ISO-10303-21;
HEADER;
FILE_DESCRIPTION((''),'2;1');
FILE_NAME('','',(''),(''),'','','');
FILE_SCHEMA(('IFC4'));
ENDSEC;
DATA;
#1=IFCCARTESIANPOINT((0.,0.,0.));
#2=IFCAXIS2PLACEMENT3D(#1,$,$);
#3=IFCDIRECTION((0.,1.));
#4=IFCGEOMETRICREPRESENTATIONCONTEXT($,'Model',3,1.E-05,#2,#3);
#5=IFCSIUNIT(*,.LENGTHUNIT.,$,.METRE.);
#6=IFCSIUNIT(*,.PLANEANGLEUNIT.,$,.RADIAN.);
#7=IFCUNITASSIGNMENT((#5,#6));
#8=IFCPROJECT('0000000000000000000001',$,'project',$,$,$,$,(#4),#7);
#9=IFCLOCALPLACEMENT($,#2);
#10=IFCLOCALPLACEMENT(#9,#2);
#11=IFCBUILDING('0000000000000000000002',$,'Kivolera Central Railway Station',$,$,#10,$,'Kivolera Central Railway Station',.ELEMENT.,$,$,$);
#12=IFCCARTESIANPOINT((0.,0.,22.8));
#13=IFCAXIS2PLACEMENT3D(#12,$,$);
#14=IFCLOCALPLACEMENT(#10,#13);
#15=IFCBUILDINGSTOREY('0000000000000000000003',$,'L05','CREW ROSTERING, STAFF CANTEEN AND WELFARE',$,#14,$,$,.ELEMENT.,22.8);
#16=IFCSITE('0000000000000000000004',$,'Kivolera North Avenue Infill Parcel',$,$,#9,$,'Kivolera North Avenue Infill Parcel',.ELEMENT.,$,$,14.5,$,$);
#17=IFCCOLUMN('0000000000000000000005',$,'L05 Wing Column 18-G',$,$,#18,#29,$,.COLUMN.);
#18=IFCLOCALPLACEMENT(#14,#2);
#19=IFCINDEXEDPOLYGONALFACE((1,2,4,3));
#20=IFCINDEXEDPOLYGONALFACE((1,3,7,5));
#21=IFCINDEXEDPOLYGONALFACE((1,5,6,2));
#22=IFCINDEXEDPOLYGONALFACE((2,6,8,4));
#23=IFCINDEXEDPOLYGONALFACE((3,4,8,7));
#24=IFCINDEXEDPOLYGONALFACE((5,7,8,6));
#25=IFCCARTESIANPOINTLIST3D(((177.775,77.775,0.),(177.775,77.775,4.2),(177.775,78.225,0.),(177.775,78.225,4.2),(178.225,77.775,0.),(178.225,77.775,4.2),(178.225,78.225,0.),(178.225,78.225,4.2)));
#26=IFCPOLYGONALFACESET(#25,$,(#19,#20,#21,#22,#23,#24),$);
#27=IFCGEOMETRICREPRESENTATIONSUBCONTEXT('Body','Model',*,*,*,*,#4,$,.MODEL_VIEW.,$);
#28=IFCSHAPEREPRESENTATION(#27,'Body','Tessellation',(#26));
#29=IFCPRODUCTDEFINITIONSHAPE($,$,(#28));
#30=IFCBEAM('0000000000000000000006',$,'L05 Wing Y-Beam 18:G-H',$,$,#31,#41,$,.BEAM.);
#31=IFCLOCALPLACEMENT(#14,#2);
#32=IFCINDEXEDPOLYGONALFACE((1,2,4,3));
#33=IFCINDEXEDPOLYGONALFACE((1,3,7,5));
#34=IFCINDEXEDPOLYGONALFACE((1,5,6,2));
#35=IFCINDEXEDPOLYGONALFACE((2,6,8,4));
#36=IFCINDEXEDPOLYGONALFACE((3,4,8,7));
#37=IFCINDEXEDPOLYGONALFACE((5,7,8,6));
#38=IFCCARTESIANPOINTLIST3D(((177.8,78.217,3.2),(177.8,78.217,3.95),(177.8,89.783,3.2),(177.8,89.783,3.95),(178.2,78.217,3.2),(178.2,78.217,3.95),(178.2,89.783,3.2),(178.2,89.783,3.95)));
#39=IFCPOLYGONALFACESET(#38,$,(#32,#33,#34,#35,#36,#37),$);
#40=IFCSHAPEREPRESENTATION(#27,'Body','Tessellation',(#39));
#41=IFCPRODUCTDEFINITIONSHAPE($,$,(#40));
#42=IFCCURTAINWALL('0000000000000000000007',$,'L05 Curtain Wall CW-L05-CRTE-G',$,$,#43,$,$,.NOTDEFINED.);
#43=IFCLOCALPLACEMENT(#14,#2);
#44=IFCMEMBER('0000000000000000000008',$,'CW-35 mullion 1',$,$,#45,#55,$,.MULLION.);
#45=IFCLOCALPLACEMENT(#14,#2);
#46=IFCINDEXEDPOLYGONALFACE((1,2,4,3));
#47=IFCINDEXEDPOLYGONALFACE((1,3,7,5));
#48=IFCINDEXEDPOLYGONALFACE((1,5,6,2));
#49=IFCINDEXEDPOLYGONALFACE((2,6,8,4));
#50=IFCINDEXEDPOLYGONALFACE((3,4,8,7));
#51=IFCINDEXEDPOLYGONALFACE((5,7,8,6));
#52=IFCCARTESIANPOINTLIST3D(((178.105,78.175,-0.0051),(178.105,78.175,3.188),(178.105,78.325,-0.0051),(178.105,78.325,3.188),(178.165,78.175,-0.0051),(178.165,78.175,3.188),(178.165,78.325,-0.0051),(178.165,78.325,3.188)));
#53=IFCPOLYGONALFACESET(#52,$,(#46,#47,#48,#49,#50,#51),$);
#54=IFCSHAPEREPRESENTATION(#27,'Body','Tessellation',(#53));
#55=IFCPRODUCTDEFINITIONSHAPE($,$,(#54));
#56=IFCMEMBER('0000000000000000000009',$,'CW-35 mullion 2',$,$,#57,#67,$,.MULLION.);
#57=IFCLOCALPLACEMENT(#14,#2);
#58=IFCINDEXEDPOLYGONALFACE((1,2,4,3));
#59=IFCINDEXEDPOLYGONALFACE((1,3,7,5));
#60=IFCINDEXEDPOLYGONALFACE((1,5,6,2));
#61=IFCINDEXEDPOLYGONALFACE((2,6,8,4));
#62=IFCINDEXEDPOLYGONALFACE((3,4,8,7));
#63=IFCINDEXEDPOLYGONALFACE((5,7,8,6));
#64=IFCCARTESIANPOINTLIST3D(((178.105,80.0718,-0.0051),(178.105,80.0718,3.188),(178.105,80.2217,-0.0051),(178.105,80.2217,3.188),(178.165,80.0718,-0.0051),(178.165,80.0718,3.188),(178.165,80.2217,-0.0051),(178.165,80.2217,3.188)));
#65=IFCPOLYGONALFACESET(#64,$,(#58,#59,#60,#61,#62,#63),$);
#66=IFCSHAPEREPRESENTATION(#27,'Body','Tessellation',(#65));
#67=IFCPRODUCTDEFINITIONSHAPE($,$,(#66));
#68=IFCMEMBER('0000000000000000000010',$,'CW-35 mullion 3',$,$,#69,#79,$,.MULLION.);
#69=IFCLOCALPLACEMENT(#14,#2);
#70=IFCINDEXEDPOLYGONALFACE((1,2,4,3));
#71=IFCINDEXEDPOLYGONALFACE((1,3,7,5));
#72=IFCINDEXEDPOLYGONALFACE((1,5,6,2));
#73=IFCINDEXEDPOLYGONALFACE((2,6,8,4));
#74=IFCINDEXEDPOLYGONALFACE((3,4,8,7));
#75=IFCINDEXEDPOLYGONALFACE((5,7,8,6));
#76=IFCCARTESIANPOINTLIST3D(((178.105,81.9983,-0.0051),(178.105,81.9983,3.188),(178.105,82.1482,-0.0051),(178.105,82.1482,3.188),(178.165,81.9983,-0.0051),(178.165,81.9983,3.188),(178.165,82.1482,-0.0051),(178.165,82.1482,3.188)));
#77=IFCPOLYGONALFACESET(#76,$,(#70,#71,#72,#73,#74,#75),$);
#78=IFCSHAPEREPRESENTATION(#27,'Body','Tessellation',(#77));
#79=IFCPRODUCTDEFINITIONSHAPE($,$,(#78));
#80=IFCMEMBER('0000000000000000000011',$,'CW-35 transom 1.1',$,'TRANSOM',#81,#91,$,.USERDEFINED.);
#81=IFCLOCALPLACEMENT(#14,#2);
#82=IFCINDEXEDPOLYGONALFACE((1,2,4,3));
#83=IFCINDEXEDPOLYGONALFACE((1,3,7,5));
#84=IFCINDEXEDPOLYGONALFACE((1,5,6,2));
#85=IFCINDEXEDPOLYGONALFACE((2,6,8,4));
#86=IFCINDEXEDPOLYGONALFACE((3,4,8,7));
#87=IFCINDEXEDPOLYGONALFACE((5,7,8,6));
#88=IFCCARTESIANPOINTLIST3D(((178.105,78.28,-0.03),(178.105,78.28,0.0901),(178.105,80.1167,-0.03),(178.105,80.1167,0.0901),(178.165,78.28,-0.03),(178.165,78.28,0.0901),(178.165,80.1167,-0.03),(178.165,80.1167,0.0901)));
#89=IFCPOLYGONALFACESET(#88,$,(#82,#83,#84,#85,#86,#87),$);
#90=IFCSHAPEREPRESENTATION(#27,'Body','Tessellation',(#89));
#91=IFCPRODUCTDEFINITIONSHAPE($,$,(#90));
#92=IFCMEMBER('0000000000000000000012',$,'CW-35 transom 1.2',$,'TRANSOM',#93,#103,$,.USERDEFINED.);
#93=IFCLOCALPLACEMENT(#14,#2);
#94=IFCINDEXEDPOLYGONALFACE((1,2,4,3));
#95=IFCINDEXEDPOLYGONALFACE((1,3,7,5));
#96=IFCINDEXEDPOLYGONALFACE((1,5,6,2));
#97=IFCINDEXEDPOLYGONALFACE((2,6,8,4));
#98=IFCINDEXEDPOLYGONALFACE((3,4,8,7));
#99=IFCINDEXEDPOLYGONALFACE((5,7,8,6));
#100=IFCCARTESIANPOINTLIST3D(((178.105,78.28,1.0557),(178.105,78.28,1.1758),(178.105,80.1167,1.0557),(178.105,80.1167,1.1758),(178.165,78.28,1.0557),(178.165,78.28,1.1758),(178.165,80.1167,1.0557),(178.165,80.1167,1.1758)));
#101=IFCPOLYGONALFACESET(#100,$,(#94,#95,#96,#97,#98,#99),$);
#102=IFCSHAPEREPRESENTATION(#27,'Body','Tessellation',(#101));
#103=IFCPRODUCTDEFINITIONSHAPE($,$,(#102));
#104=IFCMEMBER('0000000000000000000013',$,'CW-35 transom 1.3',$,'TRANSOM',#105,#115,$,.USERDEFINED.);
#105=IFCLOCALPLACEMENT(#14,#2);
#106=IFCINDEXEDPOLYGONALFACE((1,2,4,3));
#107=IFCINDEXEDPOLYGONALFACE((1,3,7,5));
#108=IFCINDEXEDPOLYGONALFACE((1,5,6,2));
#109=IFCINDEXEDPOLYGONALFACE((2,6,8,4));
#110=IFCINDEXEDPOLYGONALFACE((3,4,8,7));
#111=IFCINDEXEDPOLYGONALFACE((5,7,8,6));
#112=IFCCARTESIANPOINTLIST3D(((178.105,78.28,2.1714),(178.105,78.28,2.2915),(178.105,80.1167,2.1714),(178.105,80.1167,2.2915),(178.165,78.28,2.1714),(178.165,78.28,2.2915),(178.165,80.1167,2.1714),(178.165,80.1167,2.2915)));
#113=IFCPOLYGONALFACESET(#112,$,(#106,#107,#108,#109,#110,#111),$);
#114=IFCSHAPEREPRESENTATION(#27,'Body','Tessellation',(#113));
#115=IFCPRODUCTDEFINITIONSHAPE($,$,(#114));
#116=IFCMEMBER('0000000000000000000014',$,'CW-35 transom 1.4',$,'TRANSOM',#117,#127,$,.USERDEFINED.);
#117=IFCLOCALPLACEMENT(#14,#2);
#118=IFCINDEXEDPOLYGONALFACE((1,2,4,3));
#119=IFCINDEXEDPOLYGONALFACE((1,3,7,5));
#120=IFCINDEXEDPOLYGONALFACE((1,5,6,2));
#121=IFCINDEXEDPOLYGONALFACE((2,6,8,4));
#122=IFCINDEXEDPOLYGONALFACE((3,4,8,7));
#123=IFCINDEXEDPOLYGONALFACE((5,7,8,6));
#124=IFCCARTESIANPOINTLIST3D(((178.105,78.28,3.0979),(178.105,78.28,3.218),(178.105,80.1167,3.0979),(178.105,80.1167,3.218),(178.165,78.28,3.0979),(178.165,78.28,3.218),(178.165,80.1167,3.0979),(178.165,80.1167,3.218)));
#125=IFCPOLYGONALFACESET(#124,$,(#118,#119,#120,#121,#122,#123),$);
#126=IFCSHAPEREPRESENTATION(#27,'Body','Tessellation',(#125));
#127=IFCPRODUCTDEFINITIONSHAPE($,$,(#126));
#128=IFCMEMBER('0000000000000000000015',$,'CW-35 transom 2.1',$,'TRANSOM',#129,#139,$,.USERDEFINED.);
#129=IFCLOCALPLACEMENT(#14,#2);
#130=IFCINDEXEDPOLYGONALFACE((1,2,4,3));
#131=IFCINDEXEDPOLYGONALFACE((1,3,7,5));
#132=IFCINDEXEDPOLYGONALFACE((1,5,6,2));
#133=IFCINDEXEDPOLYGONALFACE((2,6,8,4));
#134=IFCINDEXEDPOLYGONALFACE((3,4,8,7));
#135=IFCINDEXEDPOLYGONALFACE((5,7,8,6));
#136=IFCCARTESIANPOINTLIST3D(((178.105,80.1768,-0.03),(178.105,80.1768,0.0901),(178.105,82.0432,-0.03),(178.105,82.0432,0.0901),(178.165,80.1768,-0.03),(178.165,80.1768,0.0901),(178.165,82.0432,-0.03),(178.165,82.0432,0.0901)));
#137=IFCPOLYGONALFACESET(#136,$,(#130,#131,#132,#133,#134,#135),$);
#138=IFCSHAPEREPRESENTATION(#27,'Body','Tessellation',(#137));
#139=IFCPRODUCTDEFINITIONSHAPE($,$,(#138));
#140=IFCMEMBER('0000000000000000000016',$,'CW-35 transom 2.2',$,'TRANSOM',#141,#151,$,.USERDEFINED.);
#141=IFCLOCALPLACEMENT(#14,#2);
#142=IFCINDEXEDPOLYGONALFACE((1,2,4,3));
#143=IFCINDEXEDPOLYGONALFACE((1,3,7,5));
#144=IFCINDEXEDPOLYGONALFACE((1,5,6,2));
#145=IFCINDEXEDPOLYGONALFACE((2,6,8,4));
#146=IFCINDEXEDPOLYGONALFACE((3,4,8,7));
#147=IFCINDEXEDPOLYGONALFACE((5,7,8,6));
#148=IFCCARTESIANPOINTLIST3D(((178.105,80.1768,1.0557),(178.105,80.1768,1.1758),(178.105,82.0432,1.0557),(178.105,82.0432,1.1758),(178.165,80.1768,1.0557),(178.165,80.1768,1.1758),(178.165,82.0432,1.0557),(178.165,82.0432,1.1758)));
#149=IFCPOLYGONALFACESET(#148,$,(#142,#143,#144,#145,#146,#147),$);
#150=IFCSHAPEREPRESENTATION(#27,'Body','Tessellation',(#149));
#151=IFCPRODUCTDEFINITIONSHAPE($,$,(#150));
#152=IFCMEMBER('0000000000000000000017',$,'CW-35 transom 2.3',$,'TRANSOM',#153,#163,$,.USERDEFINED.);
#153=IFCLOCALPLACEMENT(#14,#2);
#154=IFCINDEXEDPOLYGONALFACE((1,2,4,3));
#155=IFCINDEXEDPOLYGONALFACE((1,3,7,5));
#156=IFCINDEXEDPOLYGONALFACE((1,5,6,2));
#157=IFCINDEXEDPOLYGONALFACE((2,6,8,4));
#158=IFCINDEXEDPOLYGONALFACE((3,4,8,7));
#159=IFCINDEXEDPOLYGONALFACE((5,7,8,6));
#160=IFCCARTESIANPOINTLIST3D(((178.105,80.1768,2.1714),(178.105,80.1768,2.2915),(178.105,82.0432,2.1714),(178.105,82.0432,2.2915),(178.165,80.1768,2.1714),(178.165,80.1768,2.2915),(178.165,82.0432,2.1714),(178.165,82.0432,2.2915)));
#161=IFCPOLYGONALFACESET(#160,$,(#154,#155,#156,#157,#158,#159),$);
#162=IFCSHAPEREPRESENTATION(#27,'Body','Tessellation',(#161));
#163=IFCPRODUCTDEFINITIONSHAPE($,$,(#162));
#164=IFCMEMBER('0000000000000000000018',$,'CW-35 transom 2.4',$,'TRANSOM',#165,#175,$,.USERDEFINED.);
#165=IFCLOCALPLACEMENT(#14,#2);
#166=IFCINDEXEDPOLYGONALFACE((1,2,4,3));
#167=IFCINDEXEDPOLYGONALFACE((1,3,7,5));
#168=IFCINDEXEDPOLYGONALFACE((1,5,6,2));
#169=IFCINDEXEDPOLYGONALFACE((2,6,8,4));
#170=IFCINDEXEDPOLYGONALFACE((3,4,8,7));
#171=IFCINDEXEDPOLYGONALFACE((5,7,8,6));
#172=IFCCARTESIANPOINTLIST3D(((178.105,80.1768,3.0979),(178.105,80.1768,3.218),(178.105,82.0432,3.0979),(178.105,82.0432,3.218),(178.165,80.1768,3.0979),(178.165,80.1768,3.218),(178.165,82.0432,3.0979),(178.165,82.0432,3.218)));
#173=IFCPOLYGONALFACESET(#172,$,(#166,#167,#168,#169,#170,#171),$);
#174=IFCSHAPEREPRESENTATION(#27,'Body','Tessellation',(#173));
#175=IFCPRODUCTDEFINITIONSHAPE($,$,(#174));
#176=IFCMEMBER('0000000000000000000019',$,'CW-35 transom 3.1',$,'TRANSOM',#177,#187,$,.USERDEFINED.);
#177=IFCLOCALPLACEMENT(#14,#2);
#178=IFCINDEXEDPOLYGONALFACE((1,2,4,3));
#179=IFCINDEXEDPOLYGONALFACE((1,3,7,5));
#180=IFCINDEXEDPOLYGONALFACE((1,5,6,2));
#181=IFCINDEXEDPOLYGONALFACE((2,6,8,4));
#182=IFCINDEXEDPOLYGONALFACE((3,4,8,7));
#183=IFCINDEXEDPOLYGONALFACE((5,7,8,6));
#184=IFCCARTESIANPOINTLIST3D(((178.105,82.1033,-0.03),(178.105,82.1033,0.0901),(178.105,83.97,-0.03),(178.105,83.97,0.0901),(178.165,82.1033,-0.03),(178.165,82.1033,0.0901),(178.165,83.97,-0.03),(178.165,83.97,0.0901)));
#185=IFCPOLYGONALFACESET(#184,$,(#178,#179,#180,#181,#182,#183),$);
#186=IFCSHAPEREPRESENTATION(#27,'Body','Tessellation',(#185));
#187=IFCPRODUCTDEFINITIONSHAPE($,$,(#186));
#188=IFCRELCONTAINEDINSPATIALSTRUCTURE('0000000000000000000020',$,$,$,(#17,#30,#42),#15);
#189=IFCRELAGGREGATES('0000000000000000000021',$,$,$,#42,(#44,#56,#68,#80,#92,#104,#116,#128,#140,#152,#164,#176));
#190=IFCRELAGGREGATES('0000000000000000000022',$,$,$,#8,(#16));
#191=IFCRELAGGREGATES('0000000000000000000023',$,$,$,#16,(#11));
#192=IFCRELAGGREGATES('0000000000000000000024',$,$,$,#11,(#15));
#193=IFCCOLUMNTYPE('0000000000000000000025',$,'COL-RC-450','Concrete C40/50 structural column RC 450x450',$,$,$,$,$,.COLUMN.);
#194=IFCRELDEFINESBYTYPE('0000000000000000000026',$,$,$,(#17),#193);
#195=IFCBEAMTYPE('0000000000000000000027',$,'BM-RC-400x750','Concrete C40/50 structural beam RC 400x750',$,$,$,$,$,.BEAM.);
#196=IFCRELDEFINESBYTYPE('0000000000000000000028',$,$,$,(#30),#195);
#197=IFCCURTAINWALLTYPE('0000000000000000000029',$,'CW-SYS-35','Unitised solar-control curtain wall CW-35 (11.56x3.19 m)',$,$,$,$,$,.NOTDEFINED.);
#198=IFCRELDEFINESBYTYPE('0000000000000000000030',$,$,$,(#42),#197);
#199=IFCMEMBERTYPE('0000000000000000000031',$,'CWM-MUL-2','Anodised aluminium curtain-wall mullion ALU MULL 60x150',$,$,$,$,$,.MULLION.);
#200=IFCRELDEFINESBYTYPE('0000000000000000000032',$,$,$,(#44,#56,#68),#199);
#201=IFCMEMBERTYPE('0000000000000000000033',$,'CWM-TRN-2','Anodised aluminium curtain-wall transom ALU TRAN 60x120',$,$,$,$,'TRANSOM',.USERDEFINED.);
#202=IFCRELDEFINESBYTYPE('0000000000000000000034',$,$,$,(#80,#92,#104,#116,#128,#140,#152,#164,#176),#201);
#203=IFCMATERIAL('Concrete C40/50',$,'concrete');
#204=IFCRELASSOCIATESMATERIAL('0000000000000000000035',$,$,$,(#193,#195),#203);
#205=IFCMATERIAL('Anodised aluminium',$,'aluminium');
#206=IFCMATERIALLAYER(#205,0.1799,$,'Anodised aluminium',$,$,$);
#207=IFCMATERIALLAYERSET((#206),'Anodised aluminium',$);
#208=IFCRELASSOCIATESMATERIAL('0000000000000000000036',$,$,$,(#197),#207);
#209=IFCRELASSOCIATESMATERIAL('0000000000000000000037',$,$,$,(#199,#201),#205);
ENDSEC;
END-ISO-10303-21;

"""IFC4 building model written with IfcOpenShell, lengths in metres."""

from ifc_helpers import new_model, si_unit, direction, frame, origin, origin_2d, place, context, subcontext, project, spatial, rectangle, extrude, material, layer, layer_set, material_profile, profile_set, type_object, element, aggregate, save


model = new_model("IFC4")

# Units and contexts
model_context = context("Model", 3, precision=1e-05, world=origin(), true_north=direction((0.0, 1.0)))
body_context = subcontext(model_context, "Body", "Model", "MODEL_VIEW")
ifc_project = project(units=[si_unit("LENGTHUNIT", "METRE"), si_unit("PLANEANGLEUNIT", "RADIAN")], contexts=[model_context])

# Site, building, storey
site_placement = place(None, origin())
site = spatial("IfcSite", under=ifc_project, at=site_placement, Name="Kivolera North Avenue Infill Parcel", LongName="Kivolera North Avenue Infill Parcel", CompositionType="ELEMENT", RefElevation=14.5)
building_placement = place(site_placement, origin())
building = spatial("IfcBuilding", under=site, at=building_placement, Name="Kivolera Central Railway Station", LongName="Kivolera Central Railway Station", CompositionType="ELEMENT")
storey_placement = place(building_placement, frame((0.0, 0.0, 22.8)))
storey = spatial("IfcBuildingStorey", under=building, at=storey_placement, Name="L05", Description="CREW ROSTERING, STAFF CANTEEN AND WELFARE", CompositionType="ELEMENT", Elevation=22.8)

# Column
ifc_material_1 = material(Name="Concrete C40/50", Category="concrete")
ifc_material_profile_1 = material_profile(ifc_material_1, rectangle(XDim=0.45, YDim=0.45, at=origin_2d()), Name="RC 450x450")
ifc_profile_set_1 = profile_set([ifc_material_profile_1], Name="Concrete C40/50")
column_type = type_object("IfcColumnType", Name="COL-RC-450", Description="Concrete C40/50 structural column RC 450x450", PredefinedType="COLUMN", material=ifc_profile_set_1)
column_placement = place(storey_placement, frame((178.0, 78.0, 0.0), z_axis=(0.0, 0.0, 1.0), x_axis=(1.0, 0.0, 0.0)))
element("IfcColumn", 1, at=column_placement, inside=storey, type_object=column_type, Name="L05 Wing Column 18-G", PredefinedType="COLUMN", context=body_context, shape_type="SweptSolid", body=[
    extrude(rectangle(XDim=0.45, YDim=0.45, at=origin_2d()), origin(), (0.0, 0.0, 1.0), 4.2),
])

# Beam
ifc_material_profile_2 = material_profile(ifc_material_1, rectangle(XDim=0.3999, YDim=0.75, at=origin_2d()), Name="RC 400x750")
ifc_profile_set_2 = profile_set([ifc_material_profile_2], Name="Concrete C40/50")
beam_type = type_object("IfcBeamType", Name="BM-RC-400x750", Description="Concrete C40/50 structural beam RC 400x750", PredefinedType="BEAM", material=ifc_profile_set_2)
beam_placement = place(storey_placement, frame((178.0, 78.217, 3.575), z_axis=(0.0, 1.0, 0.0), x_axis=(-1.0, 0.0, 0.0)))
element("IfcBeam", 2, at=beam_placement, inside=storey, type_object=beam_type, Name="L05 Wing Y-Beam 18:G-H", PredefinedType="BEAM", context=body_context, shape_type="SweptSolid", body=[
    extrude(rectangle(XDim=0.3999, YDim=0.75, at=origin_2d()), origin(), (0.0, 0.0, 1.0), 11.5659),
])

# Curtain wall, members
ifc_material_2 = material(Name="Anodised aluminium", Category="aluminium")
ifc_layer_1 = layer(ifc_material_2, 0.1799, Name="Anodised aluminium")
ifc_layer_set_1 = layer_set([ifc_layer_1], Name="Anodised aluminium")
curtain_wall_type = type_object("IfcCurtainWallType", Name="CW-SYS-35", Description="Unitised solar-control curtain wall CW-35 (11.56x3.19 m)", PredefinedType="NOTDEFINED", material=ifc_layer_set_1)
curtain_wall_placement = place(storey_placement, origin())
curtain_wall = element("IfcCurtainWall", 3, at=curtain_wall_placement, inside=storey, type_object=curtain_wall_type, Name="L05 Curtain Wall CW-L05-CRTE-G", PredefinedType="NOTDEFINED")
ifc_material_profile_3 = material_profile(ifc_material_2, rectangle(XDim=0.0601, YDim=0.1499, at=origin_2d()), Name="ALU MULL 60x150")
ifc_profile_set_3 = profile_set([ifc_material_profile_3], Name="Anodised aluminium")
member_type_1 = type_object("IfcMemberType", Name="CWM-MUL-2", Description="Anodised aluminium curtain-wall mullion ALU MULL 60x150", PredefinedType="MULLION", material=ifc_profile_set_3)
member_1_placement = place(storey_placement, frame((178.135, 78.25, -0.0051), z_axis=(0.0, 0.0, 1.0), x_axis=(-1.0, 0.0, 0.0)))
member_1 = element("IfcMember", 4, at=member_1_placement, type_object=member_type_1, Name="CW-35 mullion 1", PredefinedType="MULLION", context=body_context, shape_type="SweptSolid", body=[
    extrude(rectangle(XDim=0.0601, YDim=0.1499, at=origin_2d()), origin(), (0.0, 0.0, 1.0), 3.1931),
])
member_2_placement = place(storey_placement, frame((178.135, 80.1467, -0.0051), z_axis=(0.0, 0.0, 1.0), x_axis=(-1.0, 0.0, 0.0)))
member_2 = element("IfcMember", 5, at=member_2_placement, type_object=member_type_1, Name="CW-35 mullion 2", PredefinedType="MULLION", context=body_context, shape_type="SweptSolid", body=[
    extrude(rectangle(XDim=0.0601, YDim=0.1499, at=origin_2d()), origin(), (0.0, 0.0, 1.0), 3.1931),
])
member_3_placement = place(storey_placement, frame((178.135, 82.0732, -0.0051), z_axis=(0.0, 0.0, 1.0), x_axis=(-1.0, 0.0, 0.0)))
member_3 = element("IfcMember", 6, at=member_3_placement, type_object=member_type_1, Name="CW-35 mullion 3", PredefinedType="MULLION", context=body_context, shape_type="SweptSolid", body=[
    extrude(rectangle(XDim=0.0601, YDim=0.1499, at=origin_2d()), origin(), (0.0, 0.0, 1.0), 3.1931),
])
ifc_material_profile_4 = material_profile(ifc_material_2, rectangle(XDim=0.0601, YDim=0.1201, at=origin_2d()), Name="ALU TRAN 60x120")
ifc_profile_set_4 = profile_set([ifc_material_profile_4], Name="Anodised aluminium")
member_type_2 = type_object("IfcMemberType", Name="CWM-TRN-2", Description="Anodised aluminium curtain-wall transom ALU TRAN 60x120", ElementType="TRANSOM", PredefinedType="USERDEFINED", material=ifc_profile_set_4)
member_4_placement = place(storey_placement, frame((178.135, 78.28, 0.03), z_axis=(0.0, 1.0, 0.0), x_axis=(-1.0, 0.0, 0.0)))
member_4 = element("IfcMember", 7, at=member_4_placement, type_object=member_type_2, Name="CW-35 transom 1.1", ObjectType="TRANSOM", PredefinedType="USERDEFINED", context=body_context, shape_type="SweptSolid", body=[
    extrude(rectangle(XDim=0.0601, YDim=0.1201, at=origin_2d()), origin(), (0.0, 0.0, 1.0), 1.8367),
])
member_5_placement = place(storey_placement, frame((178.135, 78.28, 1.1157), z_axis=(0.0, 1.0, 0.0), x_axis=(-1.0, 0.0, 0.0)))
member_5 = element("IfcMember", 8, at=member_5_placement, type_object=member_type_2, Name="CW-35 transom 1.2", ObjectType="TRANSOM", PredefinedType="USERDEFINED", context=body_context, shape_type="SweptSolid", body=[
    extrude(rectangle(XDim=0.0601, YDim=0.1201, at=origin_2d()), origin(), (0.0, 0.0, 1.0), 1.8367),
])
member_6_placement = place(storey_placement, frame((178.135, 78.28, 2.2314), z_axis=(0.0, 1.0, 0.0), x_axis=(-1.0, 0.0, 0.0)))
member_6 = element("IfcMember", 9, at=member_6_placement, type_object=member_type_2, Name="CW-35 transom 1.3", ObjectType="TRANSOM", PredefinedType="USERDEFINED", context=body_context, shape_type="SweptSolid", body=[
    extrude(rectangle(XDim=0.0601, YDim=0.1201, at=origin_2d()), origin(), (0.0, 0.0, 1.0), 1.8367),
])
member_7_placement = place(storey_placement, frame((178.135, 78.28, 3.158), z_axis=(0.0, 1.0, 0.0), x_axis=(-1.0, 0.0, 0.0)))
member_7 = element("IfcMember", 10, at=member_7_placement, type_object=member_type_2, Name="CW-35 transom 1.4", ObjectType="TRANSOM", PredefinedType="USERDEFINED", context=body_context, shape_type="SweptSolid", body=[
    extrude(rectangle(XDim=0.0601, YDim=0.1201, at=origin_2d()), origin(), (0.0, 0.0, 1.0), 1.8367),
])
member_8_placement = place(storey_placement, frame((178.135, 80.1768, 0.03), z_axis=(0.0, 1.0, 0.0), x_axis=(-1.0, 0.0, 0.0)))
member_8 = element("IfcMember", 11, at=member_8_placement, type_object=member_type_2, Name="CW-35 transom 2.1", ObjectType="TRANSOM", PredefinedType="USERDEFINED", context=body_context, shape_type="SweptSolid", body=[
    extrude(rectangle(XDim=0.0601, YDim=0.1201, at=origin_2d()), origin(), (0.0, 0.0, 1.0), 1.8665),
])
member_9_placement = place(storey_placement, frame((178.135, 80.1768, 1.1157), z_axis=(0.0, 1.0, 0.0), x_axis=(-1.0, 0.0, 0.0)))
member_9 = element("IfcMember", 12, at=member_9_placement, type_object=member_type_2, Name="CW-35 transom 2.2", ObjectType="TRANSOM", PredefinedType="USERDEFINED", context=body_context, shape_type="SweptSolid", body=[
    extrude(rectangle(XDim=0.0601, YDim=0.1201, at=origin_2d()), origin(), (0.0, 0.0, 1.0), 1.8665),
])
member_10_placement = place(storey_placement, frame((178.135, 80.1768, 2.2314), z_axis=(0.0, 1.0, 0.0), x_axis=(-1.0, 0.0, 0.0)))
member_10 = element("IfcMember", 13, at=member_10_placement, type_object=member_type_2, Name="CW-35 transom 2.3", ObjectType="TRANSOM", PredefinedType="USERDEFINED", context=body_context, shape_type="SweptSolid", body=[
    extrude(rectangle(XDim=0.0601, YDim=0.1201, at=origin_2d()), origin(), (0.0, 0.0, 1.0), 1.8665),
])
member_11_placement = place(storey_placement, frame((178.135, 80.1768, 3.158), z_axis=(0.0, 1.0, 0.0), x_axis=(-1.0, 0.0, 0.0)))
member_11 = element("IfcMember", 14, at=member_11_placement, type_object=member_type_2, Name="CW-35 transom 2.4", ObjectType="TRANSOM", PredefinedType="USERDEFINED", context=body_context, shape_type="SweptSolid", body=[
    extrude(rectangle(XDim=0.0601, YDim=0.1201, at=origin_2d()), origin(), (0.0, 0.0, 1.0), 1.8665),
])
member_12_placement = place(storey_placement, frame((178.135, 82.1033, 0.03), z_axis=(0.0, 1.0, 0.0), x_axis=(-1.0, 0.0, 0.0)))
member_12 = element("IfcMember", 15, at=member_12_placement, type_object=member_type_2, Name="CW-35 transom 3.1", ObjectType="TRANSOM", PredefinedType="USERDEFINED", context=body_context, shape_type="SweptSolid", body=[
    extrude(rectangle(XDim=0.0601, YDim=0.1201, at=origin_2d()), origin(), (0.0, 0.0, 1.0), 1.8667),
])
aggregate(curtain_wall, [member_1, member_2, member_3, member_4, member_5, member_6, member_7, member_8, member_9, member_10, member_11, member_12])

save(model, "model.ifc")
